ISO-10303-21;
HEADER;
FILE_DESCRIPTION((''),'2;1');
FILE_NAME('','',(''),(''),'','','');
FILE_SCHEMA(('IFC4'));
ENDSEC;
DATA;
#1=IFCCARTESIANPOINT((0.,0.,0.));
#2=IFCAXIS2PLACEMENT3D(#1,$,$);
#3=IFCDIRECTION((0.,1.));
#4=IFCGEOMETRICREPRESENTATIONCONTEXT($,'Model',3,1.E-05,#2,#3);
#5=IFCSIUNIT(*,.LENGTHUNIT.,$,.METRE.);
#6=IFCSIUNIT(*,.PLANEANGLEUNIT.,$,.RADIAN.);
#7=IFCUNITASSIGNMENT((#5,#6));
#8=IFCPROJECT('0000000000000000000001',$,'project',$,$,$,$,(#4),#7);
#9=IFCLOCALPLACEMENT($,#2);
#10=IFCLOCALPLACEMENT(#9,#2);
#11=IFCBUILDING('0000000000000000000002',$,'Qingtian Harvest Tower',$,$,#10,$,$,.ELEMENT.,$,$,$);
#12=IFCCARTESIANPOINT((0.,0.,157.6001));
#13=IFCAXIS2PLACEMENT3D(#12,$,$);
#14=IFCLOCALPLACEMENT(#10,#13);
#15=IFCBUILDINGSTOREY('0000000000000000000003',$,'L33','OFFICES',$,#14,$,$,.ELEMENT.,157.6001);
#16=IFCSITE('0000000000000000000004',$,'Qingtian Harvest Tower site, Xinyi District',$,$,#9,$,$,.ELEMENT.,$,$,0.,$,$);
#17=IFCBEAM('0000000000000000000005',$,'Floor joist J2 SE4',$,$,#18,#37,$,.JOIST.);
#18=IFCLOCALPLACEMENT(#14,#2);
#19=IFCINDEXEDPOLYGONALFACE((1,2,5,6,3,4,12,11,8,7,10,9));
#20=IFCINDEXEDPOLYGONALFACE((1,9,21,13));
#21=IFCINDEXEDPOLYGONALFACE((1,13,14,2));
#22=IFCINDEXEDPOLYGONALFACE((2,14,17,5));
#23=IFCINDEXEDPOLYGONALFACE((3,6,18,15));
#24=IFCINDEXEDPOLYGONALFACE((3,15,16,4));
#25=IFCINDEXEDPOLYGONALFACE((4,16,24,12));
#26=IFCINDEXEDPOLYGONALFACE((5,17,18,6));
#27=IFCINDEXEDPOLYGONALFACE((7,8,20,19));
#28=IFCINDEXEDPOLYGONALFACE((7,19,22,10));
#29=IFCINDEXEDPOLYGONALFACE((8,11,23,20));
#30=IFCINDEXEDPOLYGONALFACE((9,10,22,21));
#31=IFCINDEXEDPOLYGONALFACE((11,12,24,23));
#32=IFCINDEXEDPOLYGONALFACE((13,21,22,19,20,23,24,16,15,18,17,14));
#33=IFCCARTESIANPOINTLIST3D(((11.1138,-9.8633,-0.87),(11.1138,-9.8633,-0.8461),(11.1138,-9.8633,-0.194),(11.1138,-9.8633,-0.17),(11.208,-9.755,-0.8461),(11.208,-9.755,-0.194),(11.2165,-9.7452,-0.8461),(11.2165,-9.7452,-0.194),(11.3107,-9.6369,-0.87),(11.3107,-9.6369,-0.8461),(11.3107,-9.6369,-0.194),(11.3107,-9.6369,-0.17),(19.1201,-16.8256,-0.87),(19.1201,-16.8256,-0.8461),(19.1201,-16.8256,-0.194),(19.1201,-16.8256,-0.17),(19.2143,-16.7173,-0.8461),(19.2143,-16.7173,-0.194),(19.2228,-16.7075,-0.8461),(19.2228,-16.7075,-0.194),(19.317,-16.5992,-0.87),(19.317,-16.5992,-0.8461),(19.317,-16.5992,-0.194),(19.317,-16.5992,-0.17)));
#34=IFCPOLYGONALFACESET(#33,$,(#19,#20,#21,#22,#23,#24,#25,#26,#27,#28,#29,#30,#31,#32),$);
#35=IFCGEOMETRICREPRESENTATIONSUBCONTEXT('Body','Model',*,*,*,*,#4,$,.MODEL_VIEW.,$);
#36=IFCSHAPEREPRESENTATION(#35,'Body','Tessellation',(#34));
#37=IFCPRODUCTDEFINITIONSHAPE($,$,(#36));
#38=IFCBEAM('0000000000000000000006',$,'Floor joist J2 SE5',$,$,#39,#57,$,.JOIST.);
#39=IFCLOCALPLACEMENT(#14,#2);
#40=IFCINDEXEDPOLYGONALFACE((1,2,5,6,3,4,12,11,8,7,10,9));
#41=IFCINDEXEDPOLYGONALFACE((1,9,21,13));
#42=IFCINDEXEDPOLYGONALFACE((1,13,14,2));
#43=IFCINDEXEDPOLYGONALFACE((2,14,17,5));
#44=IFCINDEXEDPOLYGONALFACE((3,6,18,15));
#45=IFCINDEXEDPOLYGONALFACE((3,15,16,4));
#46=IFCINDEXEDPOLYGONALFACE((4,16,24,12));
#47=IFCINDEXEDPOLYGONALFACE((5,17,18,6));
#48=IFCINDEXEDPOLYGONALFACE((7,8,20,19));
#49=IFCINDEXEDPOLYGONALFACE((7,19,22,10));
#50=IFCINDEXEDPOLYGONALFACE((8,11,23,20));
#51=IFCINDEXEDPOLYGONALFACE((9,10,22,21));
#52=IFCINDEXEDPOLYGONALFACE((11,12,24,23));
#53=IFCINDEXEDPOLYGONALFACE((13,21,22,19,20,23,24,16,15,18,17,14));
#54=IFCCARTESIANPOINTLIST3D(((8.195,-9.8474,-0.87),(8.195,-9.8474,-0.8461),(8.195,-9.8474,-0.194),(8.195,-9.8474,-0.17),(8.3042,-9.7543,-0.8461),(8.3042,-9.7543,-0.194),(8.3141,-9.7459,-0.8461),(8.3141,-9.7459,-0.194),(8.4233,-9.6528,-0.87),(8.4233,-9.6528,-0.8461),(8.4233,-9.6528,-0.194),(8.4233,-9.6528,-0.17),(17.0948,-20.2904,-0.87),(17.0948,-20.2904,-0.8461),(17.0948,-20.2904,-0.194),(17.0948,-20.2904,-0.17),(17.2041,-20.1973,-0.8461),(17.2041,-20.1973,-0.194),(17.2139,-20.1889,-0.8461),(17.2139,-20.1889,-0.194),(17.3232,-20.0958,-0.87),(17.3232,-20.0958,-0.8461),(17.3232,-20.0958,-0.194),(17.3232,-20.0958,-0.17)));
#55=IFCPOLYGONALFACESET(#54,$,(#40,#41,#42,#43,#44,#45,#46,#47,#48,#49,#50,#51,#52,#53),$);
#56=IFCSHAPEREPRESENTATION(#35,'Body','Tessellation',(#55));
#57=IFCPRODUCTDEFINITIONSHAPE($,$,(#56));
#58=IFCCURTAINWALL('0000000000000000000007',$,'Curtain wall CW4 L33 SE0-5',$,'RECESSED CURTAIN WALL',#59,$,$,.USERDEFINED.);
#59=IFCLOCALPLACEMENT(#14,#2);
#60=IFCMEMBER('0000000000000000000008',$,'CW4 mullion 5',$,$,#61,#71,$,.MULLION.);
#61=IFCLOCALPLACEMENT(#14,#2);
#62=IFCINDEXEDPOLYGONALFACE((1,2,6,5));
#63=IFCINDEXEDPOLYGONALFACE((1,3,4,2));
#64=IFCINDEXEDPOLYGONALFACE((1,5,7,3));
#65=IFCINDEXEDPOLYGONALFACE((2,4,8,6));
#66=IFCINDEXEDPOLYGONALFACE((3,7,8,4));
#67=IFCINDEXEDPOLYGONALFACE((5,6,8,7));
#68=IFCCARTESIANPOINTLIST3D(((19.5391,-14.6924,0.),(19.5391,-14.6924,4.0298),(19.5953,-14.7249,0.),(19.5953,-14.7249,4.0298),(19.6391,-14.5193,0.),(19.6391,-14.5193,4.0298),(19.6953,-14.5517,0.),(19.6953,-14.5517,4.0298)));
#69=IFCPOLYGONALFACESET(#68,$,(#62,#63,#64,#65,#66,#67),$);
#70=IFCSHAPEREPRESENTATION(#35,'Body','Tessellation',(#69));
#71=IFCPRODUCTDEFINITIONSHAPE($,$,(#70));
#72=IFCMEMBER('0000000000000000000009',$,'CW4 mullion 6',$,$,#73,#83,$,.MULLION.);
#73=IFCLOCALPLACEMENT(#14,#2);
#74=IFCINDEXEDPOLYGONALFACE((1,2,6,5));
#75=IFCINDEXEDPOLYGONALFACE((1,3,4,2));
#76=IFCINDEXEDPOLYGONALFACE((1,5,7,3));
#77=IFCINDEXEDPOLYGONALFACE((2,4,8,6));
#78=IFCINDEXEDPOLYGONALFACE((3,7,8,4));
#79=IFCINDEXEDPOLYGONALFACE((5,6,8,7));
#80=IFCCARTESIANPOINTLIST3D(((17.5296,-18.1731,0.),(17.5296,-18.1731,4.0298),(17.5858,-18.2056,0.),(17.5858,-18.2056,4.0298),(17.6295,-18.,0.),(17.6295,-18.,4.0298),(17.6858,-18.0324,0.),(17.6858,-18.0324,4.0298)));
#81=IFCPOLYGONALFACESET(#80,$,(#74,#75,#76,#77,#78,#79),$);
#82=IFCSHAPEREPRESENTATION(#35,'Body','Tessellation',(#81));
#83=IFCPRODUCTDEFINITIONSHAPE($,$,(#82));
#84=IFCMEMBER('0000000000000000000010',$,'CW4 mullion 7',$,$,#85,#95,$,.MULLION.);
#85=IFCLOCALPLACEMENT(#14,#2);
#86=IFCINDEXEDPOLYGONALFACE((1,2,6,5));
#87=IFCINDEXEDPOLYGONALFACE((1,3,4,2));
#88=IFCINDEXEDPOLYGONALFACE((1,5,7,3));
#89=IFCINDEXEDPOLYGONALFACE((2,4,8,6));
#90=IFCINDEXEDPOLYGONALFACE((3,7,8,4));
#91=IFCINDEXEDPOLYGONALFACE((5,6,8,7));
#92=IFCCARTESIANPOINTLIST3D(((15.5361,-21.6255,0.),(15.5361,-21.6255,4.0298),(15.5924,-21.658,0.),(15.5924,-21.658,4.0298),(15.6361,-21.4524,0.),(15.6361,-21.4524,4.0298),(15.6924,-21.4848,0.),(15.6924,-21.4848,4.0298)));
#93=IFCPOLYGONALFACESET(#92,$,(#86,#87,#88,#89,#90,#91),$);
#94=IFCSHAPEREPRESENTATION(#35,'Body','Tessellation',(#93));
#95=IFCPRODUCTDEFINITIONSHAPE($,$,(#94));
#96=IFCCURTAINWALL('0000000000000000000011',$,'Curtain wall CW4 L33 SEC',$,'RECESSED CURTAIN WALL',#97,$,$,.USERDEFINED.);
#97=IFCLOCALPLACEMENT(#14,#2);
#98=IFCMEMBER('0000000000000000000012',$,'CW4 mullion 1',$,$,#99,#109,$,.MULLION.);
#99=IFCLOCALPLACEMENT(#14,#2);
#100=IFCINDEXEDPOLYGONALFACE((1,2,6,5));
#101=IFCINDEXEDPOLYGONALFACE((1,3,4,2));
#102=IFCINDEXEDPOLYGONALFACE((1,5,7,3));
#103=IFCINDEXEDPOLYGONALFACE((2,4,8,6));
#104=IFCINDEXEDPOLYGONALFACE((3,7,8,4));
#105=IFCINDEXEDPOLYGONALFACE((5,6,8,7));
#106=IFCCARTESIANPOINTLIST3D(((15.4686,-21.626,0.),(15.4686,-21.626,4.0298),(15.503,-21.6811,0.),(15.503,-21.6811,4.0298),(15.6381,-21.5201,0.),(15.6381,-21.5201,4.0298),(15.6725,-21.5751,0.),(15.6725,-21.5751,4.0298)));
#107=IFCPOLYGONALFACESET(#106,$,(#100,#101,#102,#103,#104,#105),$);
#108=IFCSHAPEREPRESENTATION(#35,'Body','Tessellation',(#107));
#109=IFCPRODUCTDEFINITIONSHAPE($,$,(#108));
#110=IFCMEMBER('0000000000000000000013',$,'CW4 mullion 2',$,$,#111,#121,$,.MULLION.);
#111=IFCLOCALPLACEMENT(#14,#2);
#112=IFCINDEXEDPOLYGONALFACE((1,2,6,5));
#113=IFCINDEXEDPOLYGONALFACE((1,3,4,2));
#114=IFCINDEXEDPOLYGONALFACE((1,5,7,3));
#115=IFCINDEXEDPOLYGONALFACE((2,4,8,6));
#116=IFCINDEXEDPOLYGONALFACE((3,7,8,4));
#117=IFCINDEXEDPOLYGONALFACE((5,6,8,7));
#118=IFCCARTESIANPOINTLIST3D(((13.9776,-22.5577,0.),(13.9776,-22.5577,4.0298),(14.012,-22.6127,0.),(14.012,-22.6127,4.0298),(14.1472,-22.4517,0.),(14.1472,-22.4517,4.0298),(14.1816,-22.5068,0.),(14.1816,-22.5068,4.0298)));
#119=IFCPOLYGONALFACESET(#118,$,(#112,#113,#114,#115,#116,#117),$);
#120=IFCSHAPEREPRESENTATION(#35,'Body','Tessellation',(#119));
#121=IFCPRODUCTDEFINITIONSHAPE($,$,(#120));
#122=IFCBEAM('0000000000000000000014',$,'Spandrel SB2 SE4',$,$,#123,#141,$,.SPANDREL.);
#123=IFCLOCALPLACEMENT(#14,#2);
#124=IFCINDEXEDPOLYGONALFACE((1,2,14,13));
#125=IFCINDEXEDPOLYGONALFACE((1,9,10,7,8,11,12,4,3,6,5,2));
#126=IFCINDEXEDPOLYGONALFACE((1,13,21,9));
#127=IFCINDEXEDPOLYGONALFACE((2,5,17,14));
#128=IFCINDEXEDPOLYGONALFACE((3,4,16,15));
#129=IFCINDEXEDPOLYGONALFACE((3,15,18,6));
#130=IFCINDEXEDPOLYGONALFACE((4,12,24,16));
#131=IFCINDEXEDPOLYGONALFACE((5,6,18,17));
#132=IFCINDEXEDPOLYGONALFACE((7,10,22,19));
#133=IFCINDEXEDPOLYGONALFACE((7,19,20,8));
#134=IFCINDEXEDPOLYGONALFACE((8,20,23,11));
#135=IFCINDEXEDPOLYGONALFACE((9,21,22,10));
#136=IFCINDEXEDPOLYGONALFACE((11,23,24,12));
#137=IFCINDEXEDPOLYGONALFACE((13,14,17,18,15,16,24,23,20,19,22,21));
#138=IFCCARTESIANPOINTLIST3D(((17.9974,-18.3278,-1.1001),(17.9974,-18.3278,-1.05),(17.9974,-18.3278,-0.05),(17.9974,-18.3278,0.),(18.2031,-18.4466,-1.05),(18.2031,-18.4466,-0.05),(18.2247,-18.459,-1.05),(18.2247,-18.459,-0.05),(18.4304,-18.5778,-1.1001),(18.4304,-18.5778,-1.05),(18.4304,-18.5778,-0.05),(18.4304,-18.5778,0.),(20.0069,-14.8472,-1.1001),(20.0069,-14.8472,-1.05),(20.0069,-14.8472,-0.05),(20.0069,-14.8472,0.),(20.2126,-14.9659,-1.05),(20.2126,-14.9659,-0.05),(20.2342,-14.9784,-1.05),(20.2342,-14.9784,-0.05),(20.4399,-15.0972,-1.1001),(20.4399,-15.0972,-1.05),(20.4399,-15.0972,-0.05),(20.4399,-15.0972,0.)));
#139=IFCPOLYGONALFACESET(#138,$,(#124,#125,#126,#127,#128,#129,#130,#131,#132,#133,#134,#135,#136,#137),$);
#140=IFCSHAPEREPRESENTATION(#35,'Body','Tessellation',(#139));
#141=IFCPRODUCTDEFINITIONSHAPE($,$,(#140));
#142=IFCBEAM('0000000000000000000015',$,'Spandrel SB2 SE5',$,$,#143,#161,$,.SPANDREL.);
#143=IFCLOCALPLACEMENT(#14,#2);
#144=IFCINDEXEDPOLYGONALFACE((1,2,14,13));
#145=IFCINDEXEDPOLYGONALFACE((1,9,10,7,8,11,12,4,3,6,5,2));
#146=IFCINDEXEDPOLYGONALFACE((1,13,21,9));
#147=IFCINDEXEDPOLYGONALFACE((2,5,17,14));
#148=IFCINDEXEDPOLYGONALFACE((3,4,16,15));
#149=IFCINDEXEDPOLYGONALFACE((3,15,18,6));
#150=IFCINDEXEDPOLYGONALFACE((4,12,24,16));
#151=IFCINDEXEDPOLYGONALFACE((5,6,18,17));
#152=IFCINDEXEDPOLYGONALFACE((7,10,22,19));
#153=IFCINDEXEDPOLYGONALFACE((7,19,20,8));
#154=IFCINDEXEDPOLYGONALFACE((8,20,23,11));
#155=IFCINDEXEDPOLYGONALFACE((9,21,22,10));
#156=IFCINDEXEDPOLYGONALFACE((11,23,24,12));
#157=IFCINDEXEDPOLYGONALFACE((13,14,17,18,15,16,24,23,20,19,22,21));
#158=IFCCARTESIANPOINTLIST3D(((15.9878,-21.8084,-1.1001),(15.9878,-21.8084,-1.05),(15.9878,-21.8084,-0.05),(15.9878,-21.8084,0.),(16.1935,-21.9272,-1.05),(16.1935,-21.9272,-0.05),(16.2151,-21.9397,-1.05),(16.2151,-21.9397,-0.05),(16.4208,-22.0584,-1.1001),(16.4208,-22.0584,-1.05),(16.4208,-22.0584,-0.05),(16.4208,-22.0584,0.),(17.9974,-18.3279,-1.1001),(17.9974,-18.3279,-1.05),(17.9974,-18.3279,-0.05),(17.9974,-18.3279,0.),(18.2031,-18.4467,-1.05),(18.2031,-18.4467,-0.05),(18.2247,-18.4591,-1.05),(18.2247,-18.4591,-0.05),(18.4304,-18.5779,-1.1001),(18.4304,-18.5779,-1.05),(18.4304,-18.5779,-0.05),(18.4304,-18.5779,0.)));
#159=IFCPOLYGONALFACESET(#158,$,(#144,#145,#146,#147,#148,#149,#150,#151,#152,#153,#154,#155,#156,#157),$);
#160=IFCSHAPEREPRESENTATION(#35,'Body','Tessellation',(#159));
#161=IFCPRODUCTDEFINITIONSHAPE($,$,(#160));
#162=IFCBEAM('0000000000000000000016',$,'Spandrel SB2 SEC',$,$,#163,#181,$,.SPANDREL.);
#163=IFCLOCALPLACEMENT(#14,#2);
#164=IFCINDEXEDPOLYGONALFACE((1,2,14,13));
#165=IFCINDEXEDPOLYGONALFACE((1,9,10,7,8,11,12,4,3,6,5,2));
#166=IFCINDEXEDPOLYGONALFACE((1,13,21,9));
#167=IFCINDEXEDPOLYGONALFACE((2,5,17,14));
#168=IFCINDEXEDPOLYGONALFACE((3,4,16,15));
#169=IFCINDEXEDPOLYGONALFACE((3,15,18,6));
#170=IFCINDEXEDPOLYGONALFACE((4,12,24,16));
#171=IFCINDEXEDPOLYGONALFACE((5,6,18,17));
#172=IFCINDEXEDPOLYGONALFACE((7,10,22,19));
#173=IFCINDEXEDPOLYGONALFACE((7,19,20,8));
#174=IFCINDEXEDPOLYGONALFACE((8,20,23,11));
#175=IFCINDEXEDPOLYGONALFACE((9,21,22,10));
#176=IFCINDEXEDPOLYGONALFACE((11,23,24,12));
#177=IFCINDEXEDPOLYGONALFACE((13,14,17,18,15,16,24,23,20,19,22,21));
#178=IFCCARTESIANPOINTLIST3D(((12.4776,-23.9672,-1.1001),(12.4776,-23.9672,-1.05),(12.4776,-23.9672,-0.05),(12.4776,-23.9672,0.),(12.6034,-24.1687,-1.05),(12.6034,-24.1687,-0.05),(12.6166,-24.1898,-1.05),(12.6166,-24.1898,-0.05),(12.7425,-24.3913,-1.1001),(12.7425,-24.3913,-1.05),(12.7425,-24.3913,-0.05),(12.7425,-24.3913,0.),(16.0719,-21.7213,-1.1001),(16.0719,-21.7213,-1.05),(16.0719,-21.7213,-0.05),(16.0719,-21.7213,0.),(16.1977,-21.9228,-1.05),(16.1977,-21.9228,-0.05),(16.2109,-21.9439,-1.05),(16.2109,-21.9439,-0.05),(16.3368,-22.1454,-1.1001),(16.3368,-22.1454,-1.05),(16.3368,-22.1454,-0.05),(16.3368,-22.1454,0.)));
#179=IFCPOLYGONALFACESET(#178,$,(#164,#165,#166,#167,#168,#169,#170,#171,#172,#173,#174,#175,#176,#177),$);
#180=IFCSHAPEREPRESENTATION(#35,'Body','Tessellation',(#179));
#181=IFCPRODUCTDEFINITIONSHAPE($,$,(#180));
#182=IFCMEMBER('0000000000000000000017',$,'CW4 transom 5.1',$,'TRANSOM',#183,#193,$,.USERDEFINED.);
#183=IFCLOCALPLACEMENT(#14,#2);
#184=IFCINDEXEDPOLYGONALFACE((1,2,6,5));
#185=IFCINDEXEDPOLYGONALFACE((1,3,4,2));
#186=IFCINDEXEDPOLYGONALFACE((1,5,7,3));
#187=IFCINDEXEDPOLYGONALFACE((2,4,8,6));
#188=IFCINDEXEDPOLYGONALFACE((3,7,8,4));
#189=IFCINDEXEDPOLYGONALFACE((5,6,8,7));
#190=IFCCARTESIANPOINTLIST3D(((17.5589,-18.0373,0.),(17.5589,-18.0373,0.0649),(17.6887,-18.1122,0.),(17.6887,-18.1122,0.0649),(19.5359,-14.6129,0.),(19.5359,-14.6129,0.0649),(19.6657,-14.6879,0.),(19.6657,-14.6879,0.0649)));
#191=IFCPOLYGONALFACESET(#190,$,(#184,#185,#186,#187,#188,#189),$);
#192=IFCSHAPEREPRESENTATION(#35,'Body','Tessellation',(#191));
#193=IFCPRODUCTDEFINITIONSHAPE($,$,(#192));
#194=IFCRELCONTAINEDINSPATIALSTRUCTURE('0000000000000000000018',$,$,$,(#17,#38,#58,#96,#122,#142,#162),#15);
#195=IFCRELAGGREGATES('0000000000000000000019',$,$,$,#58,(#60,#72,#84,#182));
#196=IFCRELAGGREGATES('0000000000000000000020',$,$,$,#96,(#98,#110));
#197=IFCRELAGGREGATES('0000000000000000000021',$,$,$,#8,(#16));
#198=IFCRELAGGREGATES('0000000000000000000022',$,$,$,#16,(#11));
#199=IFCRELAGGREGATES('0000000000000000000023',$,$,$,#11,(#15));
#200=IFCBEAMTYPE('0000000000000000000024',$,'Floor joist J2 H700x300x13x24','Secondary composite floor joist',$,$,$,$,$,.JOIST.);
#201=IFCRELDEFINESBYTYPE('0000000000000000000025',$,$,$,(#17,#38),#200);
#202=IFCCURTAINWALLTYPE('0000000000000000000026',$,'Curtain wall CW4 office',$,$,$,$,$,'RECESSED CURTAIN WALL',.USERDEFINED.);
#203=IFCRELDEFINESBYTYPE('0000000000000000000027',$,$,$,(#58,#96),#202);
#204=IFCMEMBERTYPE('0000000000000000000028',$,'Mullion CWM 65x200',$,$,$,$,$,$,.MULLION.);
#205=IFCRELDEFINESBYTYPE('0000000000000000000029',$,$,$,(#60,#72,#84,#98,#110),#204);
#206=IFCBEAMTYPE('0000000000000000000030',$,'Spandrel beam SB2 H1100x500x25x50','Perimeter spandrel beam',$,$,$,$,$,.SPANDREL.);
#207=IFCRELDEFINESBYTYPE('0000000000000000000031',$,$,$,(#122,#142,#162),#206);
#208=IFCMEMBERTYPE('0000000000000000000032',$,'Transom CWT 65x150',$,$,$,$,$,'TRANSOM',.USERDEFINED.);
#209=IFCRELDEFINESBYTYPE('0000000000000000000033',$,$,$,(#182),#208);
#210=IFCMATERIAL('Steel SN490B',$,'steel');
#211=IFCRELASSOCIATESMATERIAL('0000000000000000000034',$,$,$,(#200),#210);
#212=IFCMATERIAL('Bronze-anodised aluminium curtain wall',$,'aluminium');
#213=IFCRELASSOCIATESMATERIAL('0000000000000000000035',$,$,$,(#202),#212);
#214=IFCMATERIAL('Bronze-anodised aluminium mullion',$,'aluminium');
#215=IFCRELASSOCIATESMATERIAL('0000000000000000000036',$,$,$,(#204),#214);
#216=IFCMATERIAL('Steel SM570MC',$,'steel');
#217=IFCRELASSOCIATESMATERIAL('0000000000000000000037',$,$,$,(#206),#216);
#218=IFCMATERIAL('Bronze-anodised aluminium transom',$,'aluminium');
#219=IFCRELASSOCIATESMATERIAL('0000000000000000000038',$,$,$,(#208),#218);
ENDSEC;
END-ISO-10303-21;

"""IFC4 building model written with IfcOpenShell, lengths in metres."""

from ifc_helpers import new_model, si_unit, direction, frame, origin, origin_2d, place, context, subcontext, project, spatial, rectangle, i_section, extrude, material, material_profile, profile_set, type_object, element, aggregate, save


model = new_model("IFC4")

# Units and contexts
model_context = context("Model", 3, precision=1e-05, world=origin(), true_north=direction((0.0, 1.0)))
body_context = subcontext(model_context, "Body", "Model", "MODEL_VIEW")
ifc_project = project(units=[si_unit("LENGTHUNIT", "METRE"), si_unit("PLANEANGLEUNIT", "RADIAN")], contexts=[model_context])

# Site, building, storey
site_placement = place(None, origin())
site = spatial("IfcSite", under=ifc_project, at=site_placement, Name="Qingtian Harvest Tower site, Xinyi District", CompositionType="ELEMENT", RefElevation=0.0)
building_placement = place(site_placement, origin())
building = spatial("IfcBuilding", under=site, at=building_placement, Name="Qingtian Harvest Tower", CompositionType="ELEMENT")
storey_placement = place(building_placement, frame((0.0, 0.0, 157.6001)))
storey = spatial("IfcBuildingStorey", under=building, at=storey_placement, Name="L33", Description="OFFICES", CompositionType="ELEMENT", Elevation=157.6001)

# Beams
ifc_material_1 = material(Name="Steel SN490B", Category="steel")
ifc_material_profile_1 = material_profile(ifc_material_1, i_section(OverallWidth=0.3, OverallDepth=0.7, WebThickness=0.0129, FlangeThickness=0.0239, at=origin_2d()), Name="H700x300x13x24")
ifc_profile_set_1 = profile_set([ifc_material_profile_1], Name="Steel SN490B")
beam_type_1 = type_object("IfcBeamType", Name="Floor joist J2 H700x300x13x24", Description="Secondary composite floor joist", PredefinedType="JOIST", material=ifc_profile_set_1)
beam_1_placement = place(storey_placement, frame((19.2185, -16.7124, -0.52), z_axis=(-0.754589, 0.656198, 0.0), x_axis=(-0.656198, -0.754589, 0.0)))
element("IfcBeam", 1, at=beam_1_placement, inside=storey, type_object=beam_type_1, Name="Floor joist J2 SE4", PredefinedType="JOIST", context=body_context, shape_type="SweptSolid", body=[
    extrude(i_section(OverallWidth=0.3, OverallDepth=0.7, WebThickness=0.0129, FlangeThickness=0.0239, at=origin_2d()), origin(), (0.0, 0.0, 1.0), 10.6101),
])
beam_2_placement = place(storey_placement, frame((17.209, -20.1931, -0.52), z_axis=(-0.648632, 0.761102, 0.0), x_axis=(-0.761102, -0.648632, 0.0)))
element("IfcBeam", 2, at=beam_2_placement, inside=storey, type_object=beam_type_1, Name="Floor joist J2 SE5", PredefinedType="JOIST", context=body_context, shape_type="SweptSolid", body=[
    extrude(i_section(OverallWidth=0.3, OverallDepth=0.7, WebThickness=0.0129, FlangeThickness=0.0239, at=origin_2d()), origin(), (0.0, 0.0, 1.0), 13.7209),
])

# Curtain walls, members
ifc_material_2 = material(Name="Bronze-anodised aluminium curtain wall", Category="aluminium")
curtain_wall_type = type_object("IfcCurtainWallType", Name="Curtain wall CW4 office", ElementType="RECESSED CURTAIN WALL", PredefinedType="USERDEFINED", material=ifc_material_2)
curtain_wall_1_placement = place(storey_placement, origin())
curtain_wall_1 = element("IfcCurtainWall", 3, at=curtain_wall_1_placement, inside=storey, type_object=curtain_wall_type, Name="Curtain wall CW4 L33 SE0-5", ObjectType="RECESSED CURTAIN WALL", PredefinedType="USERDEFINED")
ifc_material_3 = material(Name="Bronze-anodised aluminium mullion", Category="aluminium")
ifc_material_profile_2 = material_profile(ifc_material_3, rectangle(XDim=0.0649, YDim=0.2, at=origin_2d()), Name="AL 65x200")
ifc_profile_set_2 = profile_set([ifc_material_profile_2], Name="Bronze-anodised aluminium mullion")
member_type_1 = type_object("IfcMemberType", Name="Mullion CWM 65x200", PredefinedType="MULLION", material=ifc_profile_set_2)
member_1_placement = place(storey_placement, frame((19.6172, -14.6221, 0.0), z_axis=(0.0, 0.0, 1.0), x_axis=(0.866025, -0.5, 0.0)))
member_1 = element("IfcMember", 4, at=member_1_placement, type_object=member_type_1, Name="CW4 mullion 5", PredefinedType="MULLION", context=body_context, shape_type="SweptSolid", body=[
    extrude(rectangle(XDim=0.0649, YDim=0.2, at=origin_2d()), origin(), (0.0, 0.0, 1.0), 4.0298),
])
member_2_placement = place(storey_placement, frame((17.6077, -18.1028, 0.0), z_axis=(0.0, 0.0, 1.0), x_axis=(0.866025, -0.5, 0.0)))
member_2 = element("IfcMember", 5, at=member_2_placement, type_object=member_type_1, Name="CW4 mullion 6", PredefinedType="MULLION", context=body_context, shape_type="SweptSolid", body=[
    extrude(rectangle(XDim=0.0649, YDim=0.2, at=origin_2d()), origin(), (0.0, 0.0, 1.0), 4.0298),
])
member_3_placement = place(storey_placement, frame((15.6143, -21.5552, 0.0), z_axis=(0.0, 0.0, 1.0), x_axis=(0.866025, -0.5, 0.0)))
member_3 = element("IfcMember", 6, at=member_3_placement, type_object=member_type_1, Name="CW4 mullion 7", PredefinedType="MULLION", context=body_context, shape_type="SweptSolid", body=[
    extrude(rectangle(XDim=0.0649, YDim=0.2, at=origin_2d()), origin(), (0.0, 0.0, 1.0), 4.0298),
])
curtain_wall_2_placement = place(storey_placement, origin())
curtain_wall_2 = element("IfcCurtainWall", 7, at=curtain_wall_2_placement, inside=storey, type_object=curtain_wall_type, Name="Curtain wall CW4 L33 SEC", ObjectType="RECESSED CURTAIN WALL", PredefinedType="USERDEFINED")
member_4_placement = place(storey_placement, frame((15.5706, -21.6006, 0.0), z_axis=(0.0, 0.0, 1.0), x_axis=(0.529919, -0.848048, 0.0)))
member_4 = element("IfcMember", 8, at=member_4_placement, type_object=member_type_1, Name="CW4 mullion 1", PredefinedType="MULLION", context=body_context, shape_type="SweptSolid", body=[
    extrude(rectangle(XDim=0.0649, YDim=0.2, at=origin_2d()), origin(), (0.0, 0.0, 1.0), 4.0298),
])
member_5_placement = place(storey_placement, frame((14.0796, -22.5322, 0.0), z_axis=(0.0, 0.0, 1.0), x_axis=(0.529919, -0.848048, 0.0)))
member_5 = element("IfcMember", 9, at=member_5_placement, type_object=member_type_1, Name="CW4 mullion 2", PredefinedType="MULLION", context=body_context, shape_type="SweptSolid", body=[
    extrude(rectangle(XDim=0.0649, YDim=0.2, at=origin_2d()), origin(), (0.0, 0.0, 1.0), 4.0298),
])

# Beams
ifc_material_4 = material(Name="Steel SM570MC", Category="steel")
ifc_material_profile_3 = material_profile(ifc_material_4, i_section(OverallWidth=0.5, OverallDepth=1.1001, WebThickness=0.0249, FlangeThickness=0.05, at=origin_2d()), Name="H1100x500x25x50")
ifc_profile_set_3 = profile_set([ifc_material_profile_3], Name="Steel SM570MC")
beam_type_2 = type_object("IfcBeamType", Name="Spandrel beam SB2 H1100x500x25x50", Description="Perimeter spandrel beam", PredefinedType="SPANDREL", material=ifc_profile_set_3)
for number, where, z_axis, x_axis, name in (
    (10, (20.2234, -14.9722, -0.55), (-0.499987, -0.866033, 0.0), (0.866033, -0.499987, 0.0), "Spandrel SB2 SE4"),
    (11, (18.2139, -18.4529, -0.55), (-0.500013, -0.866018, 0.0), (0.866018, -0.500013, 0.0), "Spandrel SB2 SE5"),
):
    element("IfcBeam", number, at=place(storey_placement, frame(where, z_axis=z_axis, x_axis=x_axis)), inside=storey, type_object=beam_type_2, Name=name, PredefinedType="SPANDREL", context=body_context, shape_type="SweptSolid", body=[
        extrude(i_section(OverallWidth=0.5, OverallDepth=1.1001, WebThickness=0.0249, FlangeThickness=0.05, at=origin_2d()), origin(), (0.0, 0.0, 1.0), 4.019),
    ])
beam_3_placement = place(storey_placement, frame((16.2043, -21.9333, -0.55), z_axis=(-0.848057, -0.529906, 0.0), x_axis=(0.529906, -0.848057, 0.0)))
element("IfcBeam", 12, at=beam_3_placement, inside=storey, type_object=beam_type_2, Name="Spandrel SB2 SEC", PredefinedType="SPANDREL", context=body_context, shape_type="SweptSolid", body=[
    extrude(i_section(OverallWidth=0.5, OverallDepth=1.1001, WebThickness=0.0249, FlangeThickness=0.05, at=origin_2d()), origin(), (0.0, 0.0, 1.0), 4.2383),
])

# Member
ifc_material_5 = material(Name="Bronze-anodised aluminium transom", Category="aluminium")
ifc_material_profile_4 = material_profile(ifc_material_5, rectangle(XDim=0.1499, YDim=0.0649, at=origin_2d()), Name="AL 65x150")
ifc_profile_set_4 = profile_set([ifc_material_profile_4], Name="Bronze-anodised aluminium transom")
member_type_2 = type_object("IfcMemberType", Name="Transom CWT 65x150", ElementType="TRANSOM", PredefinedType="USERDEFINED", material=ifc_profile_set_4)
member_6_placement = place(storey_placement, frame((19.6008, -14.6504, 0.0325), z_axis=(-0.500004, -0.866023, 0.0), x_axis=(0.866023, -0.500004, 0.0)))
member_6 = element("IfcMember", 13, at=member_6_placement, type_object=member_type_2, Name="CW4 transom 5.1", ObjectType="TRANSOM", PredefinedType="USERDEFINED", context=body_context, shape_type="SweptSolid", body=[
    extrude(rectangle(XDim=0.1499, YDim=0.0649, at=origin_2d()), origin(), (0.0, 0.0, 1.0), 3.9541),
])

aggregate(curtain_wall_1, [member_1, member_2, member_3, member_6])
aggregate(curtain_wall_2, [member_4, member_5])

save(model, "model.ifc")
